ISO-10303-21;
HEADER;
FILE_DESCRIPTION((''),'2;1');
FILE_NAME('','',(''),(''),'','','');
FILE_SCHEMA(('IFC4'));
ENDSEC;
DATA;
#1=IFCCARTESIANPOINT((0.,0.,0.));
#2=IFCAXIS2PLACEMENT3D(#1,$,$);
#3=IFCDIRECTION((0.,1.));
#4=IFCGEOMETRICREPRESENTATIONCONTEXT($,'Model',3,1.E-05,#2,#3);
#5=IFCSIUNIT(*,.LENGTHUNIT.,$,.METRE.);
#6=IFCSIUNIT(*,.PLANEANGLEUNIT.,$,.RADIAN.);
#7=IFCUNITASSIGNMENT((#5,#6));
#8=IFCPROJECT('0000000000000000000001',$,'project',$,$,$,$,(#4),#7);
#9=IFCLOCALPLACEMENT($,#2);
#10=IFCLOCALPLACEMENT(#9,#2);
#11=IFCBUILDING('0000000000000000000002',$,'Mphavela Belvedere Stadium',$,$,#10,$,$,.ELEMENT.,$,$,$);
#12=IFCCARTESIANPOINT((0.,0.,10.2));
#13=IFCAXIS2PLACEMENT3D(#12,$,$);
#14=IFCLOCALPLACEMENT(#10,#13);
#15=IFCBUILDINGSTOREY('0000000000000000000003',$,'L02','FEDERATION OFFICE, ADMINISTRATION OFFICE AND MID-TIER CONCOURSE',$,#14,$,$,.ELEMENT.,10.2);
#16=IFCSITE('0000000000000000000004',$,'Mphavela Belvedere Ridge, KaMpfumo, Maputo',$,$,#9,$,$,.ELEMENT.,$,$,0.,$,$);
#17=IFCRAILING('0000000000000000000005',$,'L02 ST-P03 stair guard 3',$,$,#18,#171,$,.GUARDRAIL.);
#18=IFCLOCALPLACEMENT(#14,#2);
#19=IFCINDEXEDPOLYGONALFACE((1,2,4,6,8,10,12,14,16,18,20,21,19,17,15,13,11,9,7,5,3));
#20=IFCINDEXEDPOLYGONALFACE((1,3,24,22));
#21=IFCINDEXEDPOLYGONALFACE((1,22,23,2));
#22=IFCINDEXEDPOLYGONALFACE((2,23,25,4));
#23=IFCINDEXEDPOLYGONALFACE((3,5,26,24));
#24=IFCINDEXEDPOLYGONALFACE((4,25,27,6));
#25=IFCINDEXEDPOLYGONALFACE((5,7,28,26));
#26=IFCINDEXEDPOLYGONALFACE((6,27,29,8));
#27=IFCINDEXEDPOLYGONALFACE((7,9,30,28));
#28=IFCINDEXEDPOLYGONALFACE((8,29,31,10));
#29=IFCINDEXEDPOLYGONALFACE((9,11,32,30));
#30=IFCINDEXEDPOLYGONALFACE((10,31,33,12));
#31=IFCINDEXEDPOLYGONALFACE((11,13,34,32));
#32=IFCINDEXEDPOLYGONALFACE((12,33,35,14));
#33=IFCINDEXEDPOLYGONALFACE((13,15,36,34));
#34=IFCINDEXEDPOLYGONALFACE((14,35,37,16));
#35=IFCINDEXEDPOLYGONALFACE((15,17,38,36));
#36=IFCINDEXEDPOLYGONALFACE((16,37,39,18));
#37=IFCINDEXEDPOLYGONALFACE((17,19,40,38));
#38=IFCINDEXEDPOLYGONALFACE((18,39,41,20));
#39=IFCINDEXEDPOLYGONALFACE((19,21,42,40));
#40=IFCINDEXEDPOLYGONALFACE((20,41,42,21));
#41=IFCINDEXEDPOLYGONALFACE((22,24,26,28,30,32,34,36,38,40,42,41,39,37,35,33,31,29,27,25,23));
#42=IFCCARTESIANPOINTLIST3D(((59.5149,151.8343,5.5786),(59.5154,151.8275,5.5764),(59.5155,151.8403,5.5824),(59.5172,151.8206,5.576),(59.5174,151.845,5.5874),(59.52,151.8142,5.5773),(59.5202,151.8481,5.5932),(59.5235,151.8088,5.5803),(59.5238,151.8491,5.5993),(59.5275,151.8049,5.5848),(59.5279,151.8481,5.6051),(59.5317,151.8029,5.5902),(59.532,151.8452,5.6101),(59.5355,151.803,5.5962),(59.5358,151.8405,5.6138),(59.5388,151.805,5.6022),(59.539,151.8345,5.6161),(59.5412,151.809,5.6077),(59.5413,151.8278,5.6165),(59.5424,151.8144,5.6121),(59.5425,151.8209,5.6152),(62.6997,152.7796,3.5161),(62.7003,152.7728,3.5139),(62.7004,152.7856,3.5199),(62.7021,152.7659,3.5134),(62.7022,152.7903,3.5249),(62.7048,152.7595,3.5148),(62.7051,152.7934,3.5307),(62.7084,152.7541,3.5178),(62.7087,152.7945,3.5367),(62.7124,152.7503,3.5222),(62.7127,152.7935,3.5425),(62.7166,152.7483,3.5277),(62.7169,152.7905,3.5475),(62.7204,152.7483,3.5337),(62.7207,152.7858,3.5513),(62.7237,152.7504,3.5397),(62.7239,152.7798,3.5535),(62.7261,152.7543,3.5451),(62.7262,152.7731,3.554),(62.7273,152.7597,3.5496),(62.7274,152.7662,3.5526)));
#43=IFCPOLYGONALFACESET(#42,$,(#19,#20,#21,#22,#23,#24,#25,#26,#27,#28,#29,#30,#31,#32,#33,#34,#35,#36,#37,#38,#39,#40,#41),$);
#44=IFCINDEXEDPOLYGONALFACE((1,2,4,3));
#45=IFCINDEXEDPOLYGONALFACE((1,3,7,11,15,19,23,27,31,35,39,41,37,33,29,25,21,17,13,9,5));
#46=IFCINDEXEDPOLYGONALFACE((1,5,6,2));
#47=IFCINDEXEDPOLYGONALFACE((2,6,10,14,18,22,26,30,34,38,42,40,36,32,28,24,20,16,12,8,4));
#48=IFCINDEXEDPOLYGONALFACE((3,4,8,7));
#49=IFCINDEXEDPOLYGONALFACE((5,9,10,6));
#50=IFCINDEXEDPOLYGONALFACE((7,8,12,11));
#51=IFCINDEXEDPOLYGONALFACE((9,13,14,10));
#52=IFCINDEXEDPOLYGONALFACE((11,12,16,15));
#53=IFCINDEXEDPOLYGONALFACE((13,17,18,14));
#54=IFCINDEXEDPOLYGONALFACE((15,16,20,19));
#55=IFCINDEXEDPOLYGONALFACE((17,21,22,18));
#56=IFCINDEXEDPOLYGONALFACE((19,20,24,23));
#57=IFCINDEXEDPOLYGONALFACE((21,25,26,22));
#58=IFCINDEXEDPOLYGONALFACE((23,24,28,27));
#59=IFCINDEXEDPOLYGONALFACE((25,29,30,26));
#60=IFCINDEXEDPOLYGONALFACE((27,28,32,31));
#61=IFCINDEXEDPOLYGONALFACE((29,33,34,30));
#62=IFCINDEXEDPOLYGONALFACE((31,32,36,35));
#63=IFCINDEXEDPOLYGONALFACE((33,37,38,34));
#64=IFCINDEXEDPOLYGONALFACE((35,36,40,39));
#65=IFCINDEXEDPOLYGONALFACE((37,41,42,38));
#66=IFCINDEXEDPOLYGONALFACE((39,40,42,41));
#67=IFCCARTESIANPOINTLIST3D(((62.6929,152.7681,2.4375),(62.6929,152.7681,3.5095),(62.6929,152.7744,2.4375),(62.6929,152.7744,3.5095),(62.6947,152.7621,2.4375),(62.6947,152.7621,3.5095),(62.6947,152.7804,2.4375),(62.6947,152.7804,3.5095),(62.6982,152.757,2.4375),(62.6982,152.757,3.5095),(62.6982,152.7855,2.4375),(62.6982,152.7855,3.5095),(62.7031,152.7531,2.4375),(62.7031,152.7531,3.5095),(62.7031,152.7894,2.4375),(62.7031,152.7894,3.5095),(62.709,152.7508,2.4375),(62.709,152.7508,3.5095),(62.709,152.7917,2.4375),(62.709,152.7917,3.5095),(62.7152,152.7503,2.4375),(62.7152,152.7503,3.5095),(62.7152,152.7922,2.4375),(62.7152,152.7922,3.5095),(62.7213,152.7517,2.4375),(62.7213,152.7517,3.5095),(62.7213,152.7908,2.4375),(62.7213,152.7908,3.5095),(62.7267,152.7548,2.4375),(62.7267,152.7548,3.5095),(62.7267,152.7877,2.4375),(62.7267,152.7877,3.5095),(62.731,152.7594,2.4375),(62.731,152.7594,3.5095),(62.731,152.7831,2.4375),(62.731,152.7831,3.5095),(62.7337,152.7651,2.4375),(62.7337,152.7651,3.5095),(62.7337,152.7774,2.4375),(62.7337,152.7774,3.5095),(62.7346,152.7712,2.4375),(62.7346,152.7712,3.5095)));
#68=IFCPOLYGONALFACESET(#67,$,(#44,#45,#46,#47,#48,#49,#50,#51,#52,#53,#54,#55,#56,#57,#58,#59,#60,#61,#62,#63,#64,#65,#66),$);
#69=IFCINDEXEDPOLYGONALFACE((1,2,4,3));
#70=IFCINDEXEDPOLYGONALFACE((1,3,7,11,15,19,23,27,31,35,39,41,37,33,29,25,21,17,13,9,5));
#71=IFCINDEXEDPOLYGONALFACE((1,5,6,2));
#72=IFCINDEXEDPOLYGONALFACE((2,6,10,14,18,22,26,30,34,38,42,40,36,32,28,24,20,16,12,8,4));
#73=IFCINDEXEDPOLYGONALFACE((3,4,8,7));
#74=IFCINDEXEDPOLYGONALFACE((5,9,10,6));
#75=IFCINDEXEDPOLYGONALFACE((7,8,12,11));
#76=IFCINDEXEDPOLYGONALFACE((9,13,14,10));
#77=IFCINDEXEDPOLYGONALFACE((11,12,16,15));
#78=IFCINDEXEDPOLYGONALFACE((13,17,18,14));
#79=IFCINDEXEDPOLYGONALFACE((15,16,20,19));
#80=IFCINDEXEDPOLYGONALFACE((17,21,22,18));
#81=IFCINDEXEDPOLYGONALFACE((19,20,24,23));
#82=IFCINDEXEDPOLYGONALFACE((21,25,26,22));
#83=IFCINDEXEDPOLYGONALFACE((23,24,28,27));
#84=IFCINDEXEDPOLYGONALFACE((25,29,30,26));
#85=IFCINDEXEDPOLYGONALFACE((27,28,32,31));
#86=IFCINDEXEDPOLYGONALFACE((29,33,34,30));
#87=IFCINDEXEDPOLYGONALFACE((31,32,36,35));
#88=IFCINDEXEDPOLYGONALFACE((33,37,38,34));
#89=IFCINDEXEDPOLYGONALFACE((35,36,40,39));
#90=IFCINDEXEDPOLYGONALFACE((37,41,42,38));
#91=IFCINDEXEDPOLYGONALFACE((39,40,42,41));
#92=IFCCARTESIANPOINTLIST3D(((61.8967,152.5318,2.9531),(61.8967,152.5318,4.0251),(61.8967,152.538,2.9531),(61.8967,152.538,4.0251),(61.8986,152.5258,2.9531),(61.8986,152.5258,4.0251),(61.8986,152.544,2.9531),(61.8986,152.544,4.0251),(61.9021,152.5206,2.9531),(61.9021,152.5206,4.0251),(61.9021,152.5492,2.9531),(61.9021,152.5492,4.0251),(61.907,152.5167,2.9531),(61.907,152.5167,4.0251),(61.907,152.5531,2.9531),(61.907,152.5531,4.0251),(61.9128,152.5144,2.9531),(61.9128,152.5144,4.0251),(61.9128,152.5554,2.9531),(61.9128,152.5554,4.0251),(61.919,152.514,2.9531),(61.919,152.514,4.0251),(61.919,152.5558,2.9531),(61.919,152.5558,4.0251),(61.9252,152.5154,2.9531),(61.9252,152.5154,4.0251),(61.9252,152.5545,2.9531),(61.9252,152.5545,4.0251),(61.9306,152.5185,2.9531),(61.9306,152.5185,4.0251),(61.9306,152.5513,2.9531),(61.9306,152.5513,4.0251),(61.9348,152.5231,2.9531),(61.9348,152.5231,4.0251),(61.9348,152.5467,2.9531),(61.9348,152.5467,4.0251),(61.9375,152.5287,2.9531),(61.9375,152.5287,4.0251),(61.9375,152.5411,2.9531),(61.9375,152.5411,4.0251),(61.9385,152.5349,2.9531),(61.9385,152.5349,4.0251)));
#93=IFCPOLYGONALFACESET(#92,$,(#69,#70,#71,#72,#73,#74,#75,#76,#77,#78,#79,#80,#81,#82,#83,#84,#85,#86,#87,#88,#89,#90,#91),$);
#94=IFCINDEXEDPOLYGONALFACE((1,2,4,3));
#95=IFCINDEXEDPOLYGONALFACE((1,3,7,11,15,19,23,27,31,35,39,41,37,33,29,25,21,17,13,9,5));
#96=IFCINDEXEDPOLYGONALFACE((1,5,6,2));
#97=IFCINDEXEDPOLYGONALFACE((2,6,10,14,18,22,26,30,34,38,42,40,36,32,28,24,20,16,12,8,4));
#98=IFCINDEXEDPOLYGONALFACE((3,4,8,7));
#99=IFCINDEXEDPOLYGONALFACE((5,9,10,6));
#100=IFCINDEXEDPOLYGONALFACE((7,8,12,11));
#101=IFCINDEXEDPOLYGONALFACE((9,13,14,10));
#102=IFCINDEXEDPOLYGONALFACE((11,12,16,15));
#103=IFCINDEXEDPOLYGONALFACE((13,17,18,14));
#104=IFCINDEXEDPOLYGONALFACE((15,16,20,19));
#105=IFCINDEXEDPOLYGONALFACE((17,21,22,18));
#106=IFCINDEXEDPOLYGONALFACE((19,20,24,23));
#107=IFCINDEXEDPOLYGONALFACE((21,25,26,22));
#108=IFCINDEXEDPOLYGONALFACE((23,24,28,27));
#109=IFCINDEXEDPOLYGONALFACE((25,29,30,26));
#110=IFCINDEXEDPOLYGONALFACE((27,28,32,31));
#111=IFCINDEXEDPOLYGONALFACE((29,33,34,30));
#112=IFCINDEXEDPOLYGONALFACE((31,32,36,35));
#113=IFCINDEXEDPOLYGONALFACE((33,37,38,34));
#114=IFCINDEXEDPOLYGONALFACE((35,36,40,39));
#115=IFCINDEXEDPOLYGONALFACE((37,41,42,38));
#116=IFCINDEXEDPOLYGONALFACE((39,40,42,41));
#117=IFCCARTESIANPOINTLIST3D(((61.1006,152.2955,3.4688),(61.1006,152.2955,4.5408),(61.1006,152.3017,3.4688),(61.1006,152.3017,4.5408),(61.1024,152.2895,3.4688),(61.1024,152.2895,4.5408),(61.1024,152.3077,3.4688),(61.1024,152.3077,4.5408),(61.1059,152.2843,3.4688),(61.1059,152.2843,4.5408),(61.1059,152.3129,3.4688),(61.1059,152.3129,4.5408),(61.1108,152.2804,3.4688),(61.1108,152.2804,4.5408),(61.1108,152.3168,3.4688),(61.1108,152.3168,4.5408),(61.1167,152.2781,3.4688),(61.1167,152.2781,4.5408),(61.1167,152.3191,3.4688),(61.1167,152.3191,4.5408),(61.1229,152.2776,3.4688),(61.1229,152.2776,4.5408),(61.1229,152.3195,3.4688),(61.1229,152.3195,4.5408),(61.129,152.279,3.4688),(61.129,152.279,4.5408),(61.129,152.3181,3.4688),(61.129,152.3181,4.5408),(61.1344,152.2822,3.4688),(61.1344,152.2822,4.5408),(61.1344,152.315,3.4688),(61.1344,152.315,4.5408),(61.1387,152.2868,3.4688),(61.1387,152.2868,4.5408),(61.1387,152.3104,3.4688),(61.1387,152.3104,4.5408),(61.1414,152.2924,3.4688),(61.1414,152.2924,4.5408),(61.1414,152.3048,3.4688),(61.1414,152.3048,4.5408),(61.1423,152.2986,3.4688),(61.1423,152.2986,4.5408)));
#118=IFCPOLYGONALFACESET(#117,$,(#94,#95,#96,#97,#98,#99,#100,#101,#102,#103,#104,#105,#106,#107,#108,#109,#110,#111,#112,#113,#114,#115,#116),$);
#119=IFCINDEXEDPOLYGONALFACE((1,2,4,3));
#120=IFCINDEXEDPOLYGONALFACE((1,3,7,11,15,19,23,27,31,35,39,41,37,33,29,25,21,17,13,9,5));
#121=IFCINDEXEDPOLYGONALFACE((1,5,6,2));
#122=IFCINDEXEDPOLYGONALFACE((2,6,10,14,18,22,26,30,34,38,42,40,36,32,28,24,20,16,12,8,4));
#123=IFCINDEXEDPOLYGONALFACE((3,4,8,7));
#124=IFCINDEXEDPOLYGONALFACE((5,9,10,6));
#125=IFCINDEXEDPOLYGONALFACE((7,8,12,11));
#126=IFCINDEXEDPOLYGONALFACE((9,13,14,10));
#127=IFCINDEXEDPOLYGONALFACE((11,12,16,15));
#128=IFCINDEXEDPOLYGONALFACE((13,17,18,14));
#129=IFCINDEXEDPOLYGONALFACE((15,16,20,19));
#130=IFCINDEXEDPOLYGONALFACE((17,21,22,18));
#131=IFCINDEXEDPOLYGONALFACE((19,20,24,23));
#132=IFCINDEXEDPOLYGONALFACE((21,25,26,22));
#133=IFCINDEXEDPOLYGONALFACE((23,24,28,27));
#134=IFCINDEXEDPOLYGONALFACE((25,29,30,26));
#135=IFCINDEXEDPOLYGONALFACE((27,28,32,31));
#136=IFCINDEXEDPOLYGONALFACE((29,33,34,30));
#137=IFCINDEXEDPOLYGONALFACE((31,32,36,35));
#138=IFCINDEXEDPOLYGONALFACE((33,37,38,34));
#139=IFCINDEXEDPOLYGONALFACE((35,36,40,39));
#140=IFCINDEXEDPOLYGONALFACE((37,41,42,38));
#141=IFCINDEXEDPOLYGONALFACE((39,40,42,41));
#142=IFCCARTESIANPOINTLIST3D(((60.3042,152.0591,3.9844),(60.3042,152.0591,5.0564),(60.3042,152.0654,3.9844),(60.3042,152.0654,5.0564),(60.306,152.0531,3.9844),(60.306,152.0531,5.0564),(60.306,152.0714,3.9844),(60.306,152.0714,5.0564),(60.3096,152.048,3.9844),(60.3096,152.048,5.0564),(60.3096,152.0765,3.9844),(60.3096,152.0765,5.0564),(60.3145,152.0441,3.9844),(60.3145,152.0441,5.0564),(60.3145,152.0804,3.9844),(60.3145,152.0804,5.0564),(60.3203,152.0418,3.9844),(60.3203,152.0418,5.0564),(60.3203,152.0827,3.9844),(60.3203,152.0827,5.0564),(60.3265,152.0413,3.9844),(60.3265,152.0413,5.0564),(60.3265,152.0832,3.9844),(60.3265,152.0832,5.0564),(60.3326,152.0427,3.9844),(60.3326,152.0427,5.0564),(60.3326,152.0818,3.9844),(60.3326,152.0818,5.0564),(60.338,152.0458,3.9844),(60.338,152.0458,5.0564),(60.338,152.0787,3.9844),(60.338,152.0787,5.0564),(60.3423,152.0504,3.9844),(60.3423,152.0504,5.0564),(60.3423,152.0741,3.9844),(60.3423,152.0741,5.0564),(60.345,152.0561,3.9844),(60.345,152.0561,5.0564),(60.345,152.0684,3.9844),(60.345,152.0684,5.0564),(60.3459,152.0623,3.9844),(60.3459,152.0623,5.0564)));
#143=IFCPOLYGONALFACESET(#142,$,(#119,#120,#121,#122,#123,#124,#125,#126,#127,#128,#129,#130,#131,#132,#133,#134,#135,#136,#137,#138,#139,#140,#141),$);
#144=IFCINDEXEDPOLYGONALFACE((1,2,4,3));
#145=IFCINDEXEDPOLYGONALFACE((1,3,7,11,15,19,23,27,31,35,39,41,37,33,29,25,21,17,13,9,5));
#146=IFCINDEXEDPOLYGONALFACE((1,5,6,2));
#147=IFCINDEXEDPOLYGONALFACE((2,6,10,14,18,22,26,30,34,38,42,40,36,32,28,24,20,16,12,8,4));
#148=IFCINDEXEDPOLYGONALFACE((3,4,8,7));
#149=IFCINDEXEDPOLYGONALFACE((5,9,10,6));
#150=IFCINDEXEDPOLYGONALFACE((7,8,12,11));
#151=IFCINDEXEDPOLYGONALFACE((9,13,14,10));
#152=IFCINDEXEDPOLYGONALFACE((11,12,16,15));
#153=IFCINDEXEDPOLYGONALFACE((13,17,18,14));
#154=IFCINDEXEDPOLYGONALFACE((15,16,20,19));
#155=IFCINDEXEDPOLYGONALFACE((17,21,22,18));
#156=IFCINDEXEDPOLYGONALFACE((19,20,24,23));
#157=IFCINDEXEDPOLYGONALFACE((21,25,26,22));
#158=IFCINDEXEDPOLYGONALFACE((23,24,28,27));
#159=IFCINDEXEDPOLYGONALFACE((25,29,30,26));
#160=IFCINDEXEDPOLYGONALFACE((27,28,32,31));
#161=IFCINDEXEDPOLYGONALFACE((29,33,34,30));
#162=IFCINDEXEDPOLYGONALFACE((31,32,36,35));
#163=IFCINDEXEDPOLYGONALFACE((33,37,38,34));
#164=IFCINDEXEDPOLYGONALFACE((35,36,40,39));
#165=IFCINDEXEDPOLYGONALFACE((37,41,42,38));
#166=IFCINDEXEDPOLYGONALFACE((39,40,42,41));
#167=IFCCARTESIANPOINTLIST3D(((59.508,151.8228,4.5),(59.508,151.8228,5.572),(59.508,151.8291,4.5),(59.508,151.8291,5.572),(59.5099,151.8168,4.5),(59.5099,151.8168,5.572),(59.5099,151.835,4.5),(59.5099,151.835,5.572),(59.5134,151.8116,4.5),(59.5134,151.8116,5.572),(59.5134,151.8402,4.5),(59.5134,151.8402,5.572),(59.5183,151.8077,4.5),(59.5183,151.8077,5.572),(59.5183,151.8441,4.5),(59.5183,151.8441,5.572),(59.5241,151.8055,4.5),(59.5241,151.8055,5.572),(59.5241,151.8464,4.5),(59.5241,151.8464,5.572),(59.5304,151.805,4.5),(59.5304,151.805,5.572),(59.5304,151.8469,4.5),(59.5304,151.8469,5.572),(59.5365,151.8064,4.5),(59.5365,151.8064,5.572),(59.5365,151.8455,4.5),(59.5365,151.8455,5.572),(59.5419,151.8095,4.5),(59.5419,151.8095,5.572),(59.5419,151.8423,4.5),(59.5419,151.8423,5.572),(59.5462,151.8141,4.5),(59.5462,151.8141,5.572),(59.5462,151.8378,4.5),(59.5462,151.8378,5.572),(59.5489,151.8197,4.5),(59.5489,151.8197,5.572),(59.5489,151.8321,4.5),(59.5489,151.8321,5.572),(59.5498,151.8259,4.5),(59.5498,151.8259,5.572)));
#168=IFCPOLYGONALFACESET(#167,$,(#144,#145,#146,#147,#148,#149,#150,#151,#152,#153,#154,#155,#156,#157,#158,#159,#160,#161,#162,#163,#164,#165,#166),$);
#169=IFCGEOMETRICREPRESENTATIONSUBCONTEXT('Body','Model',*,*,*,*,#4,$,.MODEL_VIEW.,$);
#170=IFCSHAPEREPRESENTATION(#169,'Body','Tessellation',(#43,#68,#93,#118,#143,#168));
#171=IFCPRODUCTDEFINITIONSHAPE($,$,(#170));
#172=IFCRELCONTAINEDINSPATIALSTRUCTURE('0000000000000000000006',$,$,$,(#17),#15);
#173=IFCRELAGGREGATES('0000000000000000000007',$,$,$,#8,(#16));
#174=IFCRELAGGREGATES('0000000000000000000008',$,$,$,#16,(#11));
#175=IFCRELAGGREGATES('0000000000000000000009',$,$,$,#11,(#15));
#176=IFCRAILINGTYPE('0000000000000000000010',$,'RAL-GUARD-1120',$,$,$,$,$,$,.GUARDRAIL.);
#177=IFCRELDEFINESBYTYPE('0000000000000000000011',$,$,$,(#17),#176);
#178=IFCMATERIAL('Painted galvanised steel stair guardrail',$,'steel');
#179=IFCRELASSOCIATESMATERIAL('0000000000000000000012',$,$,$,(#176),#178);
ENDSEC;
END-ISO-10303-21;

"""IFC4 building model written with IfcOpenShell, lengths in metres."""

from ifc_helpers import new_model, si_unit, direction, frame, origin, origin_2d, place, context, subcontext, project, spatial, circle, extrude, material, type_object, element, save


model = new_model("IFC4")

# Units and contexts
model_context = context("Model", 3, precision=1e-05, world=origin(), true_north=direction((0.0, 1.0)))
body_context = subcontext(model_context, "Body", "Model", "MODEL_VIEW")
ifc_project = project(units=[si_unit("LENGTHUNIT", "METRE"), si_unit("PLANEANGLEUNIT", "RADIAN")], contexts=[model_context])

# Site, building, storey
site_placement = place(None, origin())
site = spatial("IfcSite", under=ifc_project, at=site_placement, Name="Mphavela Belvedere Ridge, KaMpfumo, Maputo", CompositionType="ELEMENT", RefElevation=0.0)
building_placement = place(site_placement, origin())
building = spatial("IfcBuilding", under=site, at=building_placement, Name="Mphavela Belvedere Stadium", CompositionType="ELEMENT")
storey_placement = place(building_placement, frame((0.0, 0.0, 10.2)))
storey = spatial("IfcBuildingStorey", under=building, at=storey_placement, Name="L02", Description="FEDERATION OFFICE, ADMINISTRATION OFFICE AND MID-TIER CONCOURSE", CompositionType="ELEMENT", Elevation=10.2)

# Railing
ifc_material_1 = material(Name="Painted galvanised steel stair guardrail", Category="steel")
railing_type_1 = type_object("IfcRailingType", Name="RAL-GUARD-1120", PredefinedType="GUARDRAIL", material=ifc_material_1)
railing_1_placement = place(storey_placement, frame((62.7136, 152.7712, 2.4375)))
element("IfcRailing", 1, at=railing_1_placement, inside=storey, type_object=railing_type_1, Name="L02 ST-P03 stair guard 3", PredefinedType="GUARDRAIL", context=body_context, shape_type="SweptSolid", body=[
    extrude(circle(Radius=0.0239, at=origin_2d()), frame((0.0, 0.0, 1.0962), z_axis=(-0.814465, -0.241748, 0.527451), x_axis=(0.284549, -0.958662, 0.0)), (0.0, 0.0, 1.0), 3.9104),
    extrude(circle(Radius=0.021, at=origin_2d()), origin(), (0.0, 0.0, 1.0), 1.072),
    extrude(circle(Radius=0.021, at=origin_2d()), frame((-0.7961, -0.2363, 0.5156)), (0.0, 0.0, 1.0), 1.072),
    extrude(circle(Radius=0.021, at=origin_2d()), frame((-1.5923, -0.4727, 1.0312)), (0.0, 0.0, 1.0), 1.072),
    extrude(circle(Radius=0.021, at=origin_2d()), frame((-2.3887, -0.709, 1.5469)), (0.0, 0.0, 1.0), 1.072),
    extrude(circle(Radius=0.021, at=origin_2d()), frame((-3.1848, -0.9453, 2.0625)), (0.0, 0.0, 1.0), 1.072),
])

save(model, "model.ifc")
